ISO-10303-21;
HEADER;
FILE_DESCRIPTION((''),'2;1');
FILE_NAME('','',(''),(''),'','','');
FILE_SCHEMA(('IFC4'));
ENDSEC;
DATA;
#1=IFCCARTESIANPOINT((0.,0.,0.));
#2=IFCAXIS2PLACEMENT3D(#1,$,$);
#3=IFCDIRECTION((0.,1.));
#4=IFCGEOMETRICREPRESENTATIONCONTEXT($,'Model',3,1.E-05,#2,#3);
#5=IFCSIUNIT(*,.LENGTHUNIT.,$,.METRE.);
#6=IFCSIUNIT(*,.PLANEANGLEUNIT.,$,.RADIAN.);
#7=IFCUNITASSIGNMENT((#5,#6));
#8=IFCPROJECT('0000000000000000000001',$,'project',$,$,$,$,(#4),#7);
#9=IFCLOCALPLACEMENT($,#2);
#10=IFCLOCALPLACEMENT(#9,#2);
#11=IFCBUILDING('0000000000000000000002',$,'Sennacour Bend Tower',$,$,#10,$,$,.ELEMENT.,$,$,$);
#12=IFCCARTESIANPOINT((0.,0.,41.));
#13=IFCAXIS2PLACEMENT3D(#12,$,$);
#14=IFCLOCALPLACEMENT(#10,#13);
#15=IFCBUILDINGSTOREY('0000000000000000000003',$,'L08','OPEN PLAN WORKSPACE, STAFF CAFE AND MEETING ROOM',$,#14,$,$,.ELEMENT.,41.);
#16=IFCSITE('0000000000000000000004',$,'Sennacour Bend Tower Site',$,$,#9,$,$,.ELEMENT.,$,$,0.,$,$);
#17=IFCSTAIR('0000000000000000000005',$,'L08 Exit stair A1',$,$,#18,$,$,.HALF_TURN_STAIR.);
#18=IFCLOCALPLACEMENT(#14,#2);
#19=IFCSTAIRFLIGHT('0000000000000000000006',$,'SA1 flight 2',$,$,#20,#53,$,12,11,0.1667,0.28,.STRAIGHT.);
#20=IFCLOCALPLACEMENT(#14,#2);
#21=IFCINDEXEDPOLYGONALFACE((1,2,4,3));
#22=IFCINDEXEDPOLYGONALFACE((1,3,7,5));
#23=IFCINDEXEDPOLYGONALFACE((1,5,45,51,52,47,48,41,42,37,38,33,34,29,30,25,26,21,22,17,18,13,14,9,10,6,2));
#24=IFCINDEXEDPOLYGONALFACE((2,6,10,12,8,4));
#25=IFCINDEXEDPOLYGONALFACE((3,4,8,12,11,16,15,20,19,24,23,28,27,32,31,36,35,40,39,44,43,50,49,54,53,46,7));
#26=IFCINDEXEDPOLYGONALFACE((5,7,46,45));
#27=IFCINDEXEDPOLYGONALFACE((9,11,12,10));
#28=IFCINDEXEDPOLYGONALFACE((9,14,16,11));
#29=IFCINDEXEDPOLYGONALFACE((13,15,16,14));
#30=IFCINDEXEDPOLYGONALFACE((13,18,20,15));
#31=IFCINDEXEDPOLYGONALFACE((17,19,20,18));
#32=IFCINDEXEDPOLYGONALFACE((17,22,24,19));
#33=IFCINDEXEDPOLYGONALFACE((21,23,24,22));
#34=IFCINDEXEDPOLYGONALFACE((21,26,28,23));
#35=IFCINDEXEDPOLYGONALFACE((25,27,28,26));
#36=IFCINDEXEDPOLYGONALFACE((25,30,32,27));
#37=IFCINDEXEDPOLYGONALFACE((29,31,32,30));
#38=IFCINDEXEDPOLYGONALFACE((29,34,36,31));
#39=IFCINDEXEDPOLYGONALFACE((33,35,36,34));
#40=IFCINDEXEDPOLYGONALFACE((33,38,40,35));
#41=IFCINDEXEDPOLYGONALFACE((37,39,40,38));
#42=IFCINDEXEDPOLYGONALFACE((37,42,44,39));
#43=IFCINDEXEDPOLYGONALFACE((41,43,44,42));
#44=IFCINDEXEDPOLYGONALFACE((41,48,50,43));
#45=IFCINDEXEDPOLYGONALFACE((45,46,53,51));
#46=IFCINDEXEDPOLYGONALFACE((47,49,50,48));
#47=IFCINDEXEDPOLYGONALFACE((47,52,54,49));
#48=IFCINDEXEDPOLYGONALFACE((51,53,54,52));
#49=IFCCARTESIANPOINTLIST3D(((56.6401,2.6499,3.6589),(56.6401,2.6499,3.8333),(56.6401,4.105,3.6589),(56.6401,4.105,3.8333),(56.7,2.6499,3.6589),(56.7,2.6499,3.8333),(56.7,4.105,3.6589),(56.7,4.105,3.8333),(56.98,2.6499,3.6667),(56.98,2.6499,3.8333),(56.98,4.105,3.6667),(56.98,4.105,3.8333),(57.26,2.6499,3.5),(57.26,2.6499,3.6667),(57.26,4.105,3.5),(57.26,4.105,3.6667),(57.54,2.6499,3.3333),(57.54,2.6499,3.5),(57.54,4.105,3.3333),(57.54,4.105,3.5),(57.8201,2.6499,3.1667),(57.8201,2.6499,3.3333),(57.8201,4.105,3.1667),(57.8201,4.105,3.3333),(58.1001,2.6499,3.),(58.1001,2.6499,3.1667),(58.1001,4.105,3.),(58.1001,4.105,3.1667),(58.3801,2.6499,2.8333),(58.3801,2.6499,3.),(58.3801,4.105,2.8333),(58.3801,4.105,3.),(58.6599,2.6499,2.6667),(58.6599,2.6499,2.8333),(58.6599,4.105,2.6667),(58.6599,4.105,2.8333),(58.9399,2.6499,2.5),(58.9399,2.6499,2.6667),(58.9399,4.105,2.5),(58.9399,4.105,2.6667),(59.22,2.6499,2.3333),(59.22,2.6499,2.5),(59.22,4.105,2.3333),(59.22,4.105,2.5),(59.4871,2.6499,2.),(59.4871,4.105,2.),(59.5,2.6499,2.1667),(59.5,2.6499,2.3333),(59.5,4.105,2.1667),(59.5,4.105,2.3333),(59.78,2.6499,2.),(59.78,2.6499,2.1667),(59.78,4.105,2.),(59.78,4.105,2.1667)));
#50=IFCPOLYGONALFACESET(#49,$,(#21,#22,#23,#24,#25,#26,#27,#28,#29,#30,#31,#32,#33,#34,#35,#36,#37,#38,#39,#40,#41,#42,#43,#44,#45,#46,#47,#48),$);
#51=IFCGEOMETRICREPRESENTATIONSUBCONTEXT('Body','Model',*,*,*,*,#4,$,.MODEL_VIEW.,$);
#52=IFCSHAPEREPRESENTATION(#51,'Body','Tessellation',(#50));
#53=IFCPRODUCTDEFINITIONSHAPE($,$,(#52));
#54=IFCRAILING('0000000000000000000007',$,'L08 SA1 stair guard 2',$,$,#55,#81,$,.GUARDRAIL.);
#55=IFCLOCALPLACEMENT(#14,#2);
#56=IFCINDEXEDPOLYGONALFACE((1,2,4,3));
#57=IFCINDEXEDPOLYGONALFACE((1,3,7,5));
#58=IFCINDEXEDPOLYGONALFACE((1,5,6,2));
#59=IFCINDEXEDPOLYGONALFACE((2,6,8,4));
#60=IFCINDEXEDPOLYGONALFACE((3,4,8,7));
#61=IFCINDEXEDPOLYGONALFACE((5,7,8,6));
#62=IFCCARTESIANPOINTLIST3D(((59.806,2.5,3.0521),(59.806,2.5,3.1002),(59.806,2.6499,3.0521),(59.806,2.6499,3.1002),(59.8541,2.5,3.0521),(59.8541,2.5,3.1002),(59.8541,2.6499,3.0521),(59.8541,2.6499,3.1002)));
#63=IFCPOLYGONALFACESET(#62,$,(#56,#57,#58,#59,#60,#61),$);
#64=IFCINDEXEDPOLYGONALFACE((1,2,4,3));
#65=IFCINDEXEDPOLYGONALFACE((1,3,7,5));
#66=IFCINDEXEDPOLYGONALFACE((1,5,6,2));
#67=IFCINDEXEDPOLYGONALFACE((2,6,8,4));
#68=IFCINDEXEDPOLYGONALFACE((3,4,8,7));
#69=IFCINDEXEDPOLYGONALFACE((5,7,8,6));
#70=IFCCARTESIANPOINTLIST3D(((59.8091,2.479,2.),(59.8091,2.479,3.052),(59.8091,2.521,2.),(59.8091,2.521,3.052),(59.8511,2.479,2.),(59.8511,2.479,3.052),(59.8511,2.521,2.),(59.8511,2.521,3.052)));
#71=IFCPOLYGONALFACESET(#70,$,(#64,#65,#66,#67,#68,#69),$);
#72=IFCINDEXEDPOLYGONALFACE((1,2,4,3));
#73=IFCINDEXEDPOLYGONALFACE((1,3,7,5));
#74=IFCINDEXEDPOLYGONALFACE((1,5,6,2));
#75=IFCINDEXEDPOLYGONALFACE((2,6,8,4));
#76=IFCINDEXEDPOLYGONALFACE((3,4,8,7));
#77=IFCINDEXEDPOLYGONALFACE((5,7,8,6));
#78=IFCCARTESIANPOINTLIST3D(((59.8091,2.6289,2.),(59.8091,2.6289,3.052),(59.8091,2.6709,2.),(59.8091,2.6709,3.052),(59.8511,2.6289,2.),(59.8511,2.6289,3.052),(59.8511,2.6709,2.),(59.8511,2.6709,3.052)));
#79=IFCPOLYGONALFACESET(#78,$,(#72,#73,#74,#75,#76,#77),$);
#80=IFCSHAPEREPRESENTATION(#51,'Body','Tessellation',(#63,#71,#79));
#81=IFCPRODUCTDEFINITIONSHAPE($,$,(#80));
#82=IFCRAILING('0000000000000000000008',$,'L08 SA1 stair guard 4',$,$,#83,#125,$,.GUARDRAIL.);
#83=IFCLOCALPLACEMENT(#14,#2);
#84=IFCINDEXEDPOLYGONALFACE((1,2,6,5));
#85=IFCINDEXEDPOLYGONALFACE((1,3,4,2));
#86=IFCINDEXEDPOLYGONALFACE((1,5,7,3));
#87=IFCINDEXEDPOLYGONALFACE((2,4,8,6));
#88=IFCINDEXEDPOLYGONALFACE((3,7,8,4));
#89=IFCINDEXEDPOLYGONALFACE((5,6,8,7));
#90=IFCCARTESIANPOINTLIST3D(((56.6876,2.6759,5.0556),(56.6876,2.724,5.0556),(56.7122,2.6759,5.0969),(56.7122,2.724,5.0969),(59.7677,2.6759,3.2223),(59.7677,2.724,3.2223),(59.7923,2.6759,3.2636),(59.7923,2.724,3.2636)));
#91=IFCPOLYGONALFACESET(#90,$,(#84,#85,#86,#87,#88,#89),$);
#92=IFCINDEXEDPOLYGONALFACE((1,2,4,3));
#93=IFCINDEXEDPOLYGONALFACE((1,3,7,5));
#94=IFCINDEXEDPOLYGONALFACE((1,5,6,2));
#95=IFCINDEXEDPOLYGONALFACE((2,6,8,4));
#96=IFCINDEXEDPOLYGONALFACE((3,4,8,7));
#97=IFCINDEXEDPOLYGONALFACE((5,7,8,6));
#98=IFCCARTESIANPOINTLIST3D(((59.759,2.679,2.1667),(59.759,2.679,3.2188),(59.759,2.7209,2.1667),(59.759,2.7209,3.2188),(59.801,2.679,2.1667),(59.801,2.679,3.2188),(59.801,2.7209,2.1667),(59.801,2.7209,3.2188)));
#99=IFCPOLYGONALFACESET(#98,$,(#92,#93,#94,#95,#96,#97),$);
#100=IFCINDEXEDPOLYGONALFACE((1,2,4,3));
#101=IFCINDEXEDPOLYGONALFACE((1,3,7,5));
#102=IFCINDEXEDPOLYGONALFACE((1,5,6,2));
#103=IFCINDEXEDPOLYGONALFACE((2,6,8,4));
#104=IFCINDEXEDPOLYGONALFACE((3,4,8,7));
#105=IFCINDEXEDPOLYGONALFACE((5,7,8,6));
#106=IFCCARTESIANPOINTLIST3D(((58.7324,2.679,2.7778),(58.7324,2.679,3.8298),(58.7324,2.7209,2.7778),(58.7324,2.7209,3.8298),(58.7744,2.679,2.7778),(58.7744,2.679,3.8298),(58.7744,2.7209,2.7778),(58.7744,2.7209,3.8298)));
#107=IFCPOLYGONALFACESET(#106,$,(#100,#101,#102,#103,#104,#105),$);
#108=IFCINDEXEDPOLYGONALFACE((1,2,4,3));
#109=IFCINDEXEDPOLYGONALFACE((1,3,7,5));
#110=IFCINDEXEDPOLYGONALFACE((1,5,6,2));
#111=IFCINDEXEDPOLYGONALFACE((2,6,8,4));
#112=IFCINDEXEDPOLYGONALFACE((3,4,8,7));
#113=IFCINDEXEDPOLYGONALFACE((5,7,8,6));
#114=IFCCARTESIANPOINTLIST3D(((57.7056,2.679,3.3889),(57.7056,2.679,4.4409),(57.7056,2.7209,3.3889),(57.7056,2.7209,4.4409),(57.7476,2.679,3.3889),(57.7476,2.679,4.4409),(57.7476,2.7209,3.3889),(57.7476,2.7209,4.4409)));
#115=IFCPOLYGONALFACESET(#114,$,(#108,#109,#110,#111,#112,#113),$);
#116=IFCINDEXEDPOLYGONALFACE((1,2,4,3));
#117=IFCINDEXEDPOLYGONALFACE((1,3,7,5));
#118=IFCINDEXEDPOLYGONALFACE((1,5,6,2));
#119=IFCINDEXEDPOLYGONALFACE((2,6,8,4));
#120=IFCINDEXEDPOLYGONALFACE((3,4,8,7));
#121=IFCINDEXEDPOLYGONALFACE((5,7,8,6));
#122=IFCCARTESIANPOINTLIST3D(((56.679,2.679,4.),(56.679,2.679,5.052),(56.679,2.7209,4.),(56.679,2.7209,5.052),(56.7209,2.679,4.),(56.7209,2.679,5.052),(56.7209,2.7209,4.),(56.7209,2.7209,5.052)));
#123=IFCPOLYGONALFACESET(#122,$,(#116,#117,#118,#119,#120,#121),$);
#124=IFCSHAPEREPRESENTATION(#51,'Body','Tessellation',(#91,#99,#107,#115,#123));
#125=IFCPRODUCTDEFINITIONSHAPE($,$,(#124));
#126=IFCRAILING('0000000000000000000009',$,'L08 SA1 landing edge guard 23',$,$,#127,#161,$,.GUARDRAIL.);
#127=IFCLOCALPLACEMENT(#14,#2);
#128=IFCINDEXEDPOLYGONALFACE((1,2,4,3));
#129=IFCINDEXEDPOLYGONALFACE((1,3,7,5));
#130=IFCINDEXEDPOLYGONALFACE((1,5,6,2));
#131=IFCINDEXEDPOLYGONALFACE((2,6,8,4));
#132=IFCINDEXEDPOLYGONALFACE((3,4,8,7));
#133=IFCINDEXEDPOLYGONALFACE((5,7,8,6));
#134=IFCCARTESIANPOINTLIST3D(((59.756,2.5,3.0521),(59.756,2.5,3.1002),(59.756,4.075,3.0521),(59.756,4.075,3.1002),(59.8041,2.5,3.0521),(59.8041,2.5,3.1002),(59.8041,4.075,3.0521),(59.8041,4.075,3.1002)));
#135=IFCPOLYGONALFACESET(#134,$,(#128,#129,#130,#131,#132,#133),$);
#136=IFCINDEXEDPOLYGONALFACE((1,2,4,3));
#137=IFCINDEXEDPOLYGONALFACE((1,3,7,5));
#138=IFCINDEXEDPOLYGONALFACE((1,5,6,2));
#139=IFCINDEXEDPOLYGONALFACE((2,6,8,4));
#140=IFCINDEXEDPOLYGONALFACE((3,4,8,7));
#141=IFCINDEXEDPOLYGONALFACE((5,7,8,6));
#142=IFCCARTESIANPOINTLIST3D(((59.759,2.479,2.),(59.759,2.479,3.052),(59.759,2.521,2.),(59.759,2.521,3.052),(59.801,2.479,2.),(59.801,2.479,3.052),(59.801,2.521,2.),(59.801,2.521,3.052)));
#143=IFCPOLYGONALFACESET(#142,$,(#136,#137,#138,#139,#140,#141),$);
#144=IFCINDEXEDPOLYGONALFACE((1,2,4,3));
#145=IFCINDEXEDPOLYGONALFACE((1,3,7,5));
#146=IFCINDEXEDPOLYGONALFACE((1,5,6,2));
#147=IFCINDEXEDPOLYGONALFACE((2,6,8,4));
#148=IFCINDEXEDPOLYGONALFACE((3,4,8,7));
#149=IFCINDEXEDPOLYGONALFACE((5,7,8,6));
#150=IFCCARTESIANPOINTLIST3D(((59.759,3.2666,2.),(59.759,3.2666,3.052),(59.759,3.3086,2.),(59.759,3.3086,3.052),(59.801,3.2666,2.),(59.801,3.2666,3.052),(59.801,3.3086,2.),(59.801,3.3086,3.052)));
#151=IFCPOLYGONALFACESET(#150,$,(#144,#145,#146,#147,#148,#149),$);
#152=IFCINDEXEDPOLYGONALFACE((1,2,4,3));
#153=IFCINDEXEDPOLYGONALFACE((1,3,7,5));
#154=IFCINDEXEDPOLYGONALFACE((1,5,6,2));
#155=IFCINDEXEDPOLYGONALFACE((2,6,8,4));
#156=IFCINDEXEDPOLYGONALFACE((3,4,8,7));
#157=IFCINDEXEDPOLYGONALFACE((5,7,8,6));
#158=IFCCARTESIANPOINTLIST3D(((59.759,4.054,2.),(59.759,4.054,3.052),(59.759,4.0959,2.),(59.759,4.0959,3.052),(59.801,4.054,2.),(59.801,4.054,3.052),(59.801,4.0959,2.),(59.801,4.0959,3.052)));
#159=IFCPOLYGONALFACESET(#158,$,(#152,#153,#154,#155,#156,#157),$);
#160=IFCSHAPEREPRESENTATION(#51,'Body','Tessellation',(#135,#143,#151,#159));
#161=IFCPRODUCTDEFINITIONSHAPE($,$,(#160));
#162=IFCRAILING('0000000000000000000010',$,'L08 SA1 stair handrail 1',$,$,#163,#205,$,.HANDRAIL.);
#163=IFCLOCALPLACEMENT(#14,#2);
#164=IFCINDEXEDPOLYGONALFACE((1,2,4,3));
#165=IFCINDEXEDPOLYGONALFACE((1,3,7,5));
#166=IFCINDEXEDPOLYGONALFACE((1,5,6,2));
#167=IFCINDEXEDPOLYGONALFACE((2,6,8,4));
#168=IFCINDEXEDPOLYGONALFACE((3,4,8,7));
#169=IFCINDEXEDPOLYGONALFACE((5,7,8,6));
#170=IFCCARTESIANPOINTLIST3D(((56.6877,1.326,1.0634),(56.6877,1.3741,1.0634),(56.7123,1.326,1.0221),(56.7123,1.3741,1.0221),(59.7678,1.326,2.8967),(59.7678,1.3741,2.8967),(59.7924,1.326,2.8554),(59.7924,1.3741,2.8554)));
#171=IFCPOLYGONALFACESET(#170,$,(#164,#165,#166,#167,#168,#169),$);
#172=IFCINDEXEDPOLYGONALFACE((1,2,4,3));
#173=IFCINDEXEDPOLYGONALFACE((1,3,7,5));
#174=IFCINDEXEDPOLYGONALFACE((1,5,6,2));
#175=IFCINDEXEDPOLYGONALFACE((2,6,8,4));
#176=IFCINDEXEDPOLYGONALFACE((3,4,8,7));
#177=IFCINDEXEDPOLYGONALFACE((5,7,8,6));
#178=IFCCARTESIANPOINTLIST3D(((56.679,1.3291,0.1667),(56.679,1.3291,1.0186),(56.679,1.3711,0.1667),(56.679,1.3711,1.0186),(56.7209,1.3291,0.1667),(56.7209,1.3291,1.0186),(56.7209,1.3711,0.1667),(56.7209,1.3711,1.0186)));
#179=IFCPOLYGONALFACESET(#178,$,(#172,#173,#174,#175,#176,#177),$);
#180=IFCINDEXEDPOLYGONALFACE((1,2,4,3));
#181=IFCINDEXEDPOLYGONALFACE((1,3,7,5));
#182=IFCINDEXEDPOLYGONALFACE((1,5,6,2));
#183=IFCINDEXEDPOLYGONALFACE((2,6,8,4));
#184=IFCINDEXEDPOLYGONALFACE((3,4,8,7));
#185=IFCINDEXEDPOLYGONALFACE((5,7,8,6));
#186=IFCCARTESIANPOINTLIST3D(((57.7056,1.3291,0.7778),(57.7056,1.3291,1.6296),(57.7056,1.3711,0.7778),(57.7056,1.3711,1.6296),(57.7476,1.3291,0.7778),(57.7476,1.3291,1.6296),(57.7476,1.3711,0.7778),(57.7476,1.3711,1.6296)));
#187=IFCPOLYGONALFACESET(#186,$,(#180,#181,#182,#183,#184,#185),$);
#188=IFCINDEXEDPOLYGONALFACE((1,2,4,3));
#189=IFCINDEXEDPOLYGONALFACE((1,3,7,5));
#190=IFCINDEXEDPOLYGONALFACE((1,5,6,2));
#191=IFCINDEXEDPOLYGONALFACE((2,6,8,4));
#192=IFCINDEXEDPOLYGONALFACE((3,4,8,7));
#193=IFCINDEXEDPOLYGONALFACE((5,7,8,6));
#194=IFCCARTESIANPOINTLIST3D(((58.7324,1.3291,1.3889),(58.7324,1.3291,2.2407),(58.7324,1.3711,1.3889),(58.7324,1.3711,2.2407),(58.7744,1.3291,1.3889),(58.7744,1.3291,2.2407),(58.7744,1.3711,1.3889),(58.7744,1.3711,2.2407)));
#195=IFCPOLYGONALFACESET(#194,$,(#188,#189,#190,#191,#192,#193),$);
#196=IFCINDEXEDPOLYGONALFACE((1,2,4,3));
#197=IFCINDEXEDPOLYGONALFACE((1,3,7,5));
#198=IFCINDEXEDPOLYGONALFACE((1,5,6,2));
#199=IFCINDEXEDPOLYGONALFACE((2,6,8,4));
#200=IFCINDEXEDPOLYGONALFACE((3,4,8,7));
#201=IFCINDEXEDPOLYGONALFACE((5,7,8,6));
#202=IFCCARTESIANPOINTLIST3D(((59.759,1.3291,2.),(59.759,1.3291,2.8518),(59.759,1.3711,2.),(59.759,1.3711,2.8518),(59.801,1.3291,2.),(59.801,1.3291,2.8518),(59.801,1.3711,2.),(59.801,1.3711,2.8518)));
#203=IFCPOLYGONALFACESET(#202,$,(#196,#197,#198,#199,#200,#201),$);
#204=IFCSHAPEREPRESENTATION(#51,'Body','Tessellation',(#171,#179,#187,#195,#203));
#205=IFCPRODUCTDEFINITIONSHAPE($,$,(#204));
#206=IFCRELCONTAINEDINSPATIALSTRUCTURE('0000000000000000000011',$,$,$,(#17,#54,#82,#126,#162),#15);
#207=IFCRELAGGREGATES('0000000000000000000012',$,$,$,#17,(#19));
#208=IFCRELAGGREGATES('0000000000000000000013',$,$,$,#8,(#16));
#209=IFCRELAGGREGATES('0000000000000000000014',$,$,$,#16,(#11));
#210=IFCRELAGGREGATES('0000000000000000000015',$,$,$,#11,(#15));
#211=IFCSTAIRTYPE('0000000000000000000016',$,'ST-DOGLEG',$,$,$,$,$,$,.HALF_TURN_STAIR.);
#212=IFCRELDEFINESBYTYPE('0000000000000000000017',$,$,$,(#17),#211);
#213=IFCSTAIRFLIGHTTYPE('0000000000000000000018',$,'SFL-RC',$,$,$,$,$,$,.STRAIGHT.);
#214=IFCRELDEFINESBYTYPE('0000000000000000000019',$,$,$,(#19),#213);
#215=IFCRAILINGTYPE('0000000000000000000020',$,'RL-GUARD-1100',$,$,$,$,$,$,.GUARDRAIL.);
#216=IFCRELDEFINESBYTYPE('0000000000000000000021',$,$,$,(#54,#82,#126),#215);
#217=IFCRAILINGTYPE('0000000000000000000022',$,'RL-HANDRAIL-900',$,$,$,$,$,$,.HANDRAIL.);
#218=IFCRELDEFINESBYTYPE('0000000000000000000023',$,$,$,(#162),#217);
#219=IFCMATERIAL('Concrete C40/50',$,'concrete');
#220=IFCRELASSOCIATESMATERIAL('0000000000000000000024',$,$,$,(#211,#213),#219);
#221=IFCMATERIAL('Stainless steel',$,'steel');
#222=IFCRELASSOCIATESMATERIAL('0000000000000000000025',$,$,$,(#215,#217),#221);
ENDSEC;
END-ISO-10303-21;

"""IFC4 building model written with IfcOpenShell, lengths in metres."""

from ifc_helpers import new_model, si_unit, direction, frame, origin, origin_2d, place, context, subcontext, project, spatial, polyline, rectangle, outline, extrude, material, type_object, element, aggregate, save


model = new_model("IFC4")

# Units and contexts
model_context = context("Model", 3, precision=1e-05, world=origin(), true_north=direction((0.0, 1.0)))
body_context = subcontext(model_context, "Body", "Model", "MODEL_VIEW")
ifc_project = project(units=[si_unit("LENGTHUNIT", "METRE"), si_unit("PLANEANGLEUNIT", "RADIAN")], contexts=[model_context])

# Site, building, storey
site_placement = place(None, origin())
site = spatial("IfcSite", under=ifc_project, at=site_placement, Name="Sennacour Bend Tower Site", CompositionType="ELEMENT", RefElevation=0.0)
building_placement = place(site_placement, origin())
building = spatial("IfcBuilding", under=site, at=building_placement, Name="Sennacour Bend Tower", CompositionType="ELEMENT")
storey_placement = place(building_placement, frame((0.0, 0.0, 41.0)))
storey = spatial("IfcBuildingStorey", under=building, at=storey_placement, Name="L08", Description="OPEN PLAN WORKSPACE, STAFF CAFE AND MEETING ROOM", CompositionType="ELEMENT", Elevation=41.0)

# Shared definitions
ifc_material_1 = material(Name="Stainless steel", Category="steel")

# Stair, stair flight
ifc_material_2 = material(Name="Concrete C40/50", Category="concrete")
stair_type = type_object("IfcStairType", Name="ST-DOGLEG", PredefinedType="HALF_TURN_STAIR", material=ifc_material_2)
stair_placement = place(storey_placement, origin())
stair = element("IfcStair", 1, at=stair_placement, inside=storey, type_object=stair_type, Name="L08 Exit stair A1", PredefinedType="HALF_TURN_STAIR")
stair_flight_type = type_object("IfcStairFlightType", Name="SFL-RC", PredefinedType="STRAIGHT", material=ifc_material_2)
stair_flight_placement = place(storey_placement, frame((59.78, 3.3774, 2.0), z_axis=(0.0, 0.0, 1.0), x_axis=(-1.0, 0.0, 0.0)))
stair_flight = element("IfcStairFlight", 2, at=stair_flight_placement, type_object=stair_flight_type, Name="SA1 flight 2", NumberOfRisers=12, NumberOfTreads=11, PredefinedType="STRAIGHT", RiserHeight=0.1667, TreadLength=0.28, context=body_context, shape_type="SweptSolid", body=[
    extrude(outline(polyline([(0.0, 0.0), (0.0, 0.1667), (0.28, 0.1667), (0.28, 0.3333), (0.5601, 0.3333), (0.5601, 0.5), (0.8401, 0.5), (0.8401, 0.6667), (1.1201, 0.6667), (1.1201, 0.8333), (1.3999, 0.8333), (1.3999, 1.0), (1.6799, 1.0), (1.6799, 1.1667), (1.96, 1.1667), (1.96, 1.3333), (2.24, 1.3333), (2.24, 1.5), (2.52, 1.5), (2.52, 1.6667), (2.8, 1.6667), (2.8, 1.8333), (3.0801, 1.8333), (3.1399, 1.8333), (3.1399, 1.6589), (3.0801, 1.6589), (0.293, 0.0), (0.0, 0.0)])), frame((0.0, 0.7275, 0.0), z_axis=(0.0, -1.0, 0.0), x_axis=(1.0, 0.0, 0.0)), (0.0, 0.0, 1.0), 1.4551),
])
aggregate(stair, [stair_flight])

# Railings
railing_type_1 = type_object("IfcRailingType", Name="RL-GUARD-1100", PredefinedType="GUARDRAIL", material=ifc_material_1)
railing_1_placement = place(storey_placement, frame((59.8301, 2.5, 2.0)))
element("IfcRailing", 3, at=railing_1_placement, inside=storey, type_object=railing_type_1, Name="L08 SA1 stair guard 2", PredefinedType="GUARDRAIL", context=body_context, shape_type="SweptSolid", body=[
    extrude(rectangle(XDim=0.0481, YDim=0.0481, at=origin_2d()), frame((0.0, 0.0, 1.0762), z_axis=(0.0, 1.0, 0.0), x_axis=(-1.0, 0.0, 0.0)), (0.0, 0.0, 1.0), 0.1499),
    extrude(rectangle(XDim=0.042, YDim=0.042, at=origin_2d()), origin(), (0.0, 0.0, 1.0), 1.052),
    extrude(rectangle(XDim=0.042, YDim=0.042, at=origin_2d()), frame((0.0, 0.1499, 0.0)), (0.0, 0.0, 1.0), 1.052),
])
railing_2_placement = place(storey_placement, frame((59.78, 2.7, 2.1667)))
element("IfcRailing", 4, at=railing_2_placement, inside=storey, type_object=railing_type_1, Name="L08 SA1 stair guard 4", PredefinedType="GUARDRAIL", context=body_context, shape_type="SweptSolid", body=[
    extrude(rectangle(XDim=0.0481, YDim=0.0481, at=origin_2d()), frame((0.0, 0.0, 1.0762), z_axis=(-0.859309, 0.0, 0.511458), x_axis=(0.0, -1.0, 0.0)), (0.0, 0.0, 1.0), 3.5845),
    extrude(rectangle(XDim=0.042, YDim=0.042, at=origin_2d()), origin(), (0.0, 0.0, 1.0), 1.052),
    extrude(rectangle(XDim=0.042, YDim=0.042, at=origin_2d()), frame((-1.0266, 0.0, 0.6111)), (0.0, 0.0, 1.0), 1.052),
    extrude(rectangle(XDim=0.042, YDim=0.042, at=origin_2d()), frame((-2.0535, 0.0, 1.2222)), (0.0, 0.0, 1.0), 1.052),
    extrude(rectangle(XDim=0.042, YDim=0.042, at=origin_2d()), frame((-3.0801, 0.0, 1.8333)), (0.0, 0.0, 1.0), 1.052),
])
railing_3_placement = place(storey_placement, frame((59.78, 2.5, 2.0)))
element("IfcRailing", 5, at=railing_3_placement, inside=storey, type_object=railing_type_1, Name="L08 SA1 landing edge guard 23", PredefinedType="GUARDRAIL", context=body_context, shape_type="SweptSolid", body=[
    extrude(rectangle(XDim=0.0481, YDim=0.0481, at=origin_2d()), frame((0.0, 0.0, 1.0762), z_axis=(0.0, 1.0, 0.0), x_axis=(-1.0, 0.0, 0.0)), (0.0, 0.0, 1.0), 1.575),
    extrude(rectangle(XDim=0.042, YDim=0.042, at=origin_2d()), origin(), (0.0, 0.0, 1.0), 1.052),
    extrude(rectangle(XDim=0.042, YDim=0.042, at=origin_2d()), frame((0.0, 0.7876, 0.0)), (0.0, 0.0, 1.0), 1.052),
    extrude(rectangle(XDim=0.042, YDim=0.042, at=origin_2d()), frame((0.0, 1.575, 0.0)), (0.0, 0.0, 1.0), 1.052),
])
railing_type_2 = type_object("IfcRailingType", Name="RL-HANDRAIL-900", PredefinedType="HANDRAIL", material=ifc_material_1)
railing_4_placement = place(storey_placement, frame((56.7, 1.3501, 0.1667)))
element("IfcRailing", 6, at=railing_4_placement, inside=storey, type_object=railing_type_2, Name="L08 SA1 stair handrail 1", PredefinedType="HANDRAIL", context=body_context, shape_type="SweptSolid", body=[
    extrude(rectangle(XDim=0.0481, YDim=0.0481, at=origin_2d()), frame((0.0, 0.0, 0.876), z_axis=(0.859309, 0.0, 0.511458), x_axis=(0.0, 1.0, 0.0)), (0.0, 0.0, 1.0), 3.5845),
    extrude(rectangle(XDim=0.042, YDim=0.042, at=origin_2d()), origin(), (0.0, 0.0, 1.0), 0.8518),
    extrude(rectangle(XDim=0.042, YDim=0.042, at=origin_2d()), frame((1.0266, 0.0, 0.6111)), (0.0, 0.0, 1.0), 0.8518),
    extrude(rectangle(XDim=0.042, YDim=0.042, at=origin_2d()), frame((2.0535, 0.0, 1.2222)), (0.0, 0.0, 1.0), 0.8518),
    extrude(rectangle(XDim=0.042, YDim=0.042, at=origin_2d()), frame((3.0801, 0.0, 1.8333)), (0.0, 0.0, 1.0), 0.8518),
])

save(model, "model.ifc")
